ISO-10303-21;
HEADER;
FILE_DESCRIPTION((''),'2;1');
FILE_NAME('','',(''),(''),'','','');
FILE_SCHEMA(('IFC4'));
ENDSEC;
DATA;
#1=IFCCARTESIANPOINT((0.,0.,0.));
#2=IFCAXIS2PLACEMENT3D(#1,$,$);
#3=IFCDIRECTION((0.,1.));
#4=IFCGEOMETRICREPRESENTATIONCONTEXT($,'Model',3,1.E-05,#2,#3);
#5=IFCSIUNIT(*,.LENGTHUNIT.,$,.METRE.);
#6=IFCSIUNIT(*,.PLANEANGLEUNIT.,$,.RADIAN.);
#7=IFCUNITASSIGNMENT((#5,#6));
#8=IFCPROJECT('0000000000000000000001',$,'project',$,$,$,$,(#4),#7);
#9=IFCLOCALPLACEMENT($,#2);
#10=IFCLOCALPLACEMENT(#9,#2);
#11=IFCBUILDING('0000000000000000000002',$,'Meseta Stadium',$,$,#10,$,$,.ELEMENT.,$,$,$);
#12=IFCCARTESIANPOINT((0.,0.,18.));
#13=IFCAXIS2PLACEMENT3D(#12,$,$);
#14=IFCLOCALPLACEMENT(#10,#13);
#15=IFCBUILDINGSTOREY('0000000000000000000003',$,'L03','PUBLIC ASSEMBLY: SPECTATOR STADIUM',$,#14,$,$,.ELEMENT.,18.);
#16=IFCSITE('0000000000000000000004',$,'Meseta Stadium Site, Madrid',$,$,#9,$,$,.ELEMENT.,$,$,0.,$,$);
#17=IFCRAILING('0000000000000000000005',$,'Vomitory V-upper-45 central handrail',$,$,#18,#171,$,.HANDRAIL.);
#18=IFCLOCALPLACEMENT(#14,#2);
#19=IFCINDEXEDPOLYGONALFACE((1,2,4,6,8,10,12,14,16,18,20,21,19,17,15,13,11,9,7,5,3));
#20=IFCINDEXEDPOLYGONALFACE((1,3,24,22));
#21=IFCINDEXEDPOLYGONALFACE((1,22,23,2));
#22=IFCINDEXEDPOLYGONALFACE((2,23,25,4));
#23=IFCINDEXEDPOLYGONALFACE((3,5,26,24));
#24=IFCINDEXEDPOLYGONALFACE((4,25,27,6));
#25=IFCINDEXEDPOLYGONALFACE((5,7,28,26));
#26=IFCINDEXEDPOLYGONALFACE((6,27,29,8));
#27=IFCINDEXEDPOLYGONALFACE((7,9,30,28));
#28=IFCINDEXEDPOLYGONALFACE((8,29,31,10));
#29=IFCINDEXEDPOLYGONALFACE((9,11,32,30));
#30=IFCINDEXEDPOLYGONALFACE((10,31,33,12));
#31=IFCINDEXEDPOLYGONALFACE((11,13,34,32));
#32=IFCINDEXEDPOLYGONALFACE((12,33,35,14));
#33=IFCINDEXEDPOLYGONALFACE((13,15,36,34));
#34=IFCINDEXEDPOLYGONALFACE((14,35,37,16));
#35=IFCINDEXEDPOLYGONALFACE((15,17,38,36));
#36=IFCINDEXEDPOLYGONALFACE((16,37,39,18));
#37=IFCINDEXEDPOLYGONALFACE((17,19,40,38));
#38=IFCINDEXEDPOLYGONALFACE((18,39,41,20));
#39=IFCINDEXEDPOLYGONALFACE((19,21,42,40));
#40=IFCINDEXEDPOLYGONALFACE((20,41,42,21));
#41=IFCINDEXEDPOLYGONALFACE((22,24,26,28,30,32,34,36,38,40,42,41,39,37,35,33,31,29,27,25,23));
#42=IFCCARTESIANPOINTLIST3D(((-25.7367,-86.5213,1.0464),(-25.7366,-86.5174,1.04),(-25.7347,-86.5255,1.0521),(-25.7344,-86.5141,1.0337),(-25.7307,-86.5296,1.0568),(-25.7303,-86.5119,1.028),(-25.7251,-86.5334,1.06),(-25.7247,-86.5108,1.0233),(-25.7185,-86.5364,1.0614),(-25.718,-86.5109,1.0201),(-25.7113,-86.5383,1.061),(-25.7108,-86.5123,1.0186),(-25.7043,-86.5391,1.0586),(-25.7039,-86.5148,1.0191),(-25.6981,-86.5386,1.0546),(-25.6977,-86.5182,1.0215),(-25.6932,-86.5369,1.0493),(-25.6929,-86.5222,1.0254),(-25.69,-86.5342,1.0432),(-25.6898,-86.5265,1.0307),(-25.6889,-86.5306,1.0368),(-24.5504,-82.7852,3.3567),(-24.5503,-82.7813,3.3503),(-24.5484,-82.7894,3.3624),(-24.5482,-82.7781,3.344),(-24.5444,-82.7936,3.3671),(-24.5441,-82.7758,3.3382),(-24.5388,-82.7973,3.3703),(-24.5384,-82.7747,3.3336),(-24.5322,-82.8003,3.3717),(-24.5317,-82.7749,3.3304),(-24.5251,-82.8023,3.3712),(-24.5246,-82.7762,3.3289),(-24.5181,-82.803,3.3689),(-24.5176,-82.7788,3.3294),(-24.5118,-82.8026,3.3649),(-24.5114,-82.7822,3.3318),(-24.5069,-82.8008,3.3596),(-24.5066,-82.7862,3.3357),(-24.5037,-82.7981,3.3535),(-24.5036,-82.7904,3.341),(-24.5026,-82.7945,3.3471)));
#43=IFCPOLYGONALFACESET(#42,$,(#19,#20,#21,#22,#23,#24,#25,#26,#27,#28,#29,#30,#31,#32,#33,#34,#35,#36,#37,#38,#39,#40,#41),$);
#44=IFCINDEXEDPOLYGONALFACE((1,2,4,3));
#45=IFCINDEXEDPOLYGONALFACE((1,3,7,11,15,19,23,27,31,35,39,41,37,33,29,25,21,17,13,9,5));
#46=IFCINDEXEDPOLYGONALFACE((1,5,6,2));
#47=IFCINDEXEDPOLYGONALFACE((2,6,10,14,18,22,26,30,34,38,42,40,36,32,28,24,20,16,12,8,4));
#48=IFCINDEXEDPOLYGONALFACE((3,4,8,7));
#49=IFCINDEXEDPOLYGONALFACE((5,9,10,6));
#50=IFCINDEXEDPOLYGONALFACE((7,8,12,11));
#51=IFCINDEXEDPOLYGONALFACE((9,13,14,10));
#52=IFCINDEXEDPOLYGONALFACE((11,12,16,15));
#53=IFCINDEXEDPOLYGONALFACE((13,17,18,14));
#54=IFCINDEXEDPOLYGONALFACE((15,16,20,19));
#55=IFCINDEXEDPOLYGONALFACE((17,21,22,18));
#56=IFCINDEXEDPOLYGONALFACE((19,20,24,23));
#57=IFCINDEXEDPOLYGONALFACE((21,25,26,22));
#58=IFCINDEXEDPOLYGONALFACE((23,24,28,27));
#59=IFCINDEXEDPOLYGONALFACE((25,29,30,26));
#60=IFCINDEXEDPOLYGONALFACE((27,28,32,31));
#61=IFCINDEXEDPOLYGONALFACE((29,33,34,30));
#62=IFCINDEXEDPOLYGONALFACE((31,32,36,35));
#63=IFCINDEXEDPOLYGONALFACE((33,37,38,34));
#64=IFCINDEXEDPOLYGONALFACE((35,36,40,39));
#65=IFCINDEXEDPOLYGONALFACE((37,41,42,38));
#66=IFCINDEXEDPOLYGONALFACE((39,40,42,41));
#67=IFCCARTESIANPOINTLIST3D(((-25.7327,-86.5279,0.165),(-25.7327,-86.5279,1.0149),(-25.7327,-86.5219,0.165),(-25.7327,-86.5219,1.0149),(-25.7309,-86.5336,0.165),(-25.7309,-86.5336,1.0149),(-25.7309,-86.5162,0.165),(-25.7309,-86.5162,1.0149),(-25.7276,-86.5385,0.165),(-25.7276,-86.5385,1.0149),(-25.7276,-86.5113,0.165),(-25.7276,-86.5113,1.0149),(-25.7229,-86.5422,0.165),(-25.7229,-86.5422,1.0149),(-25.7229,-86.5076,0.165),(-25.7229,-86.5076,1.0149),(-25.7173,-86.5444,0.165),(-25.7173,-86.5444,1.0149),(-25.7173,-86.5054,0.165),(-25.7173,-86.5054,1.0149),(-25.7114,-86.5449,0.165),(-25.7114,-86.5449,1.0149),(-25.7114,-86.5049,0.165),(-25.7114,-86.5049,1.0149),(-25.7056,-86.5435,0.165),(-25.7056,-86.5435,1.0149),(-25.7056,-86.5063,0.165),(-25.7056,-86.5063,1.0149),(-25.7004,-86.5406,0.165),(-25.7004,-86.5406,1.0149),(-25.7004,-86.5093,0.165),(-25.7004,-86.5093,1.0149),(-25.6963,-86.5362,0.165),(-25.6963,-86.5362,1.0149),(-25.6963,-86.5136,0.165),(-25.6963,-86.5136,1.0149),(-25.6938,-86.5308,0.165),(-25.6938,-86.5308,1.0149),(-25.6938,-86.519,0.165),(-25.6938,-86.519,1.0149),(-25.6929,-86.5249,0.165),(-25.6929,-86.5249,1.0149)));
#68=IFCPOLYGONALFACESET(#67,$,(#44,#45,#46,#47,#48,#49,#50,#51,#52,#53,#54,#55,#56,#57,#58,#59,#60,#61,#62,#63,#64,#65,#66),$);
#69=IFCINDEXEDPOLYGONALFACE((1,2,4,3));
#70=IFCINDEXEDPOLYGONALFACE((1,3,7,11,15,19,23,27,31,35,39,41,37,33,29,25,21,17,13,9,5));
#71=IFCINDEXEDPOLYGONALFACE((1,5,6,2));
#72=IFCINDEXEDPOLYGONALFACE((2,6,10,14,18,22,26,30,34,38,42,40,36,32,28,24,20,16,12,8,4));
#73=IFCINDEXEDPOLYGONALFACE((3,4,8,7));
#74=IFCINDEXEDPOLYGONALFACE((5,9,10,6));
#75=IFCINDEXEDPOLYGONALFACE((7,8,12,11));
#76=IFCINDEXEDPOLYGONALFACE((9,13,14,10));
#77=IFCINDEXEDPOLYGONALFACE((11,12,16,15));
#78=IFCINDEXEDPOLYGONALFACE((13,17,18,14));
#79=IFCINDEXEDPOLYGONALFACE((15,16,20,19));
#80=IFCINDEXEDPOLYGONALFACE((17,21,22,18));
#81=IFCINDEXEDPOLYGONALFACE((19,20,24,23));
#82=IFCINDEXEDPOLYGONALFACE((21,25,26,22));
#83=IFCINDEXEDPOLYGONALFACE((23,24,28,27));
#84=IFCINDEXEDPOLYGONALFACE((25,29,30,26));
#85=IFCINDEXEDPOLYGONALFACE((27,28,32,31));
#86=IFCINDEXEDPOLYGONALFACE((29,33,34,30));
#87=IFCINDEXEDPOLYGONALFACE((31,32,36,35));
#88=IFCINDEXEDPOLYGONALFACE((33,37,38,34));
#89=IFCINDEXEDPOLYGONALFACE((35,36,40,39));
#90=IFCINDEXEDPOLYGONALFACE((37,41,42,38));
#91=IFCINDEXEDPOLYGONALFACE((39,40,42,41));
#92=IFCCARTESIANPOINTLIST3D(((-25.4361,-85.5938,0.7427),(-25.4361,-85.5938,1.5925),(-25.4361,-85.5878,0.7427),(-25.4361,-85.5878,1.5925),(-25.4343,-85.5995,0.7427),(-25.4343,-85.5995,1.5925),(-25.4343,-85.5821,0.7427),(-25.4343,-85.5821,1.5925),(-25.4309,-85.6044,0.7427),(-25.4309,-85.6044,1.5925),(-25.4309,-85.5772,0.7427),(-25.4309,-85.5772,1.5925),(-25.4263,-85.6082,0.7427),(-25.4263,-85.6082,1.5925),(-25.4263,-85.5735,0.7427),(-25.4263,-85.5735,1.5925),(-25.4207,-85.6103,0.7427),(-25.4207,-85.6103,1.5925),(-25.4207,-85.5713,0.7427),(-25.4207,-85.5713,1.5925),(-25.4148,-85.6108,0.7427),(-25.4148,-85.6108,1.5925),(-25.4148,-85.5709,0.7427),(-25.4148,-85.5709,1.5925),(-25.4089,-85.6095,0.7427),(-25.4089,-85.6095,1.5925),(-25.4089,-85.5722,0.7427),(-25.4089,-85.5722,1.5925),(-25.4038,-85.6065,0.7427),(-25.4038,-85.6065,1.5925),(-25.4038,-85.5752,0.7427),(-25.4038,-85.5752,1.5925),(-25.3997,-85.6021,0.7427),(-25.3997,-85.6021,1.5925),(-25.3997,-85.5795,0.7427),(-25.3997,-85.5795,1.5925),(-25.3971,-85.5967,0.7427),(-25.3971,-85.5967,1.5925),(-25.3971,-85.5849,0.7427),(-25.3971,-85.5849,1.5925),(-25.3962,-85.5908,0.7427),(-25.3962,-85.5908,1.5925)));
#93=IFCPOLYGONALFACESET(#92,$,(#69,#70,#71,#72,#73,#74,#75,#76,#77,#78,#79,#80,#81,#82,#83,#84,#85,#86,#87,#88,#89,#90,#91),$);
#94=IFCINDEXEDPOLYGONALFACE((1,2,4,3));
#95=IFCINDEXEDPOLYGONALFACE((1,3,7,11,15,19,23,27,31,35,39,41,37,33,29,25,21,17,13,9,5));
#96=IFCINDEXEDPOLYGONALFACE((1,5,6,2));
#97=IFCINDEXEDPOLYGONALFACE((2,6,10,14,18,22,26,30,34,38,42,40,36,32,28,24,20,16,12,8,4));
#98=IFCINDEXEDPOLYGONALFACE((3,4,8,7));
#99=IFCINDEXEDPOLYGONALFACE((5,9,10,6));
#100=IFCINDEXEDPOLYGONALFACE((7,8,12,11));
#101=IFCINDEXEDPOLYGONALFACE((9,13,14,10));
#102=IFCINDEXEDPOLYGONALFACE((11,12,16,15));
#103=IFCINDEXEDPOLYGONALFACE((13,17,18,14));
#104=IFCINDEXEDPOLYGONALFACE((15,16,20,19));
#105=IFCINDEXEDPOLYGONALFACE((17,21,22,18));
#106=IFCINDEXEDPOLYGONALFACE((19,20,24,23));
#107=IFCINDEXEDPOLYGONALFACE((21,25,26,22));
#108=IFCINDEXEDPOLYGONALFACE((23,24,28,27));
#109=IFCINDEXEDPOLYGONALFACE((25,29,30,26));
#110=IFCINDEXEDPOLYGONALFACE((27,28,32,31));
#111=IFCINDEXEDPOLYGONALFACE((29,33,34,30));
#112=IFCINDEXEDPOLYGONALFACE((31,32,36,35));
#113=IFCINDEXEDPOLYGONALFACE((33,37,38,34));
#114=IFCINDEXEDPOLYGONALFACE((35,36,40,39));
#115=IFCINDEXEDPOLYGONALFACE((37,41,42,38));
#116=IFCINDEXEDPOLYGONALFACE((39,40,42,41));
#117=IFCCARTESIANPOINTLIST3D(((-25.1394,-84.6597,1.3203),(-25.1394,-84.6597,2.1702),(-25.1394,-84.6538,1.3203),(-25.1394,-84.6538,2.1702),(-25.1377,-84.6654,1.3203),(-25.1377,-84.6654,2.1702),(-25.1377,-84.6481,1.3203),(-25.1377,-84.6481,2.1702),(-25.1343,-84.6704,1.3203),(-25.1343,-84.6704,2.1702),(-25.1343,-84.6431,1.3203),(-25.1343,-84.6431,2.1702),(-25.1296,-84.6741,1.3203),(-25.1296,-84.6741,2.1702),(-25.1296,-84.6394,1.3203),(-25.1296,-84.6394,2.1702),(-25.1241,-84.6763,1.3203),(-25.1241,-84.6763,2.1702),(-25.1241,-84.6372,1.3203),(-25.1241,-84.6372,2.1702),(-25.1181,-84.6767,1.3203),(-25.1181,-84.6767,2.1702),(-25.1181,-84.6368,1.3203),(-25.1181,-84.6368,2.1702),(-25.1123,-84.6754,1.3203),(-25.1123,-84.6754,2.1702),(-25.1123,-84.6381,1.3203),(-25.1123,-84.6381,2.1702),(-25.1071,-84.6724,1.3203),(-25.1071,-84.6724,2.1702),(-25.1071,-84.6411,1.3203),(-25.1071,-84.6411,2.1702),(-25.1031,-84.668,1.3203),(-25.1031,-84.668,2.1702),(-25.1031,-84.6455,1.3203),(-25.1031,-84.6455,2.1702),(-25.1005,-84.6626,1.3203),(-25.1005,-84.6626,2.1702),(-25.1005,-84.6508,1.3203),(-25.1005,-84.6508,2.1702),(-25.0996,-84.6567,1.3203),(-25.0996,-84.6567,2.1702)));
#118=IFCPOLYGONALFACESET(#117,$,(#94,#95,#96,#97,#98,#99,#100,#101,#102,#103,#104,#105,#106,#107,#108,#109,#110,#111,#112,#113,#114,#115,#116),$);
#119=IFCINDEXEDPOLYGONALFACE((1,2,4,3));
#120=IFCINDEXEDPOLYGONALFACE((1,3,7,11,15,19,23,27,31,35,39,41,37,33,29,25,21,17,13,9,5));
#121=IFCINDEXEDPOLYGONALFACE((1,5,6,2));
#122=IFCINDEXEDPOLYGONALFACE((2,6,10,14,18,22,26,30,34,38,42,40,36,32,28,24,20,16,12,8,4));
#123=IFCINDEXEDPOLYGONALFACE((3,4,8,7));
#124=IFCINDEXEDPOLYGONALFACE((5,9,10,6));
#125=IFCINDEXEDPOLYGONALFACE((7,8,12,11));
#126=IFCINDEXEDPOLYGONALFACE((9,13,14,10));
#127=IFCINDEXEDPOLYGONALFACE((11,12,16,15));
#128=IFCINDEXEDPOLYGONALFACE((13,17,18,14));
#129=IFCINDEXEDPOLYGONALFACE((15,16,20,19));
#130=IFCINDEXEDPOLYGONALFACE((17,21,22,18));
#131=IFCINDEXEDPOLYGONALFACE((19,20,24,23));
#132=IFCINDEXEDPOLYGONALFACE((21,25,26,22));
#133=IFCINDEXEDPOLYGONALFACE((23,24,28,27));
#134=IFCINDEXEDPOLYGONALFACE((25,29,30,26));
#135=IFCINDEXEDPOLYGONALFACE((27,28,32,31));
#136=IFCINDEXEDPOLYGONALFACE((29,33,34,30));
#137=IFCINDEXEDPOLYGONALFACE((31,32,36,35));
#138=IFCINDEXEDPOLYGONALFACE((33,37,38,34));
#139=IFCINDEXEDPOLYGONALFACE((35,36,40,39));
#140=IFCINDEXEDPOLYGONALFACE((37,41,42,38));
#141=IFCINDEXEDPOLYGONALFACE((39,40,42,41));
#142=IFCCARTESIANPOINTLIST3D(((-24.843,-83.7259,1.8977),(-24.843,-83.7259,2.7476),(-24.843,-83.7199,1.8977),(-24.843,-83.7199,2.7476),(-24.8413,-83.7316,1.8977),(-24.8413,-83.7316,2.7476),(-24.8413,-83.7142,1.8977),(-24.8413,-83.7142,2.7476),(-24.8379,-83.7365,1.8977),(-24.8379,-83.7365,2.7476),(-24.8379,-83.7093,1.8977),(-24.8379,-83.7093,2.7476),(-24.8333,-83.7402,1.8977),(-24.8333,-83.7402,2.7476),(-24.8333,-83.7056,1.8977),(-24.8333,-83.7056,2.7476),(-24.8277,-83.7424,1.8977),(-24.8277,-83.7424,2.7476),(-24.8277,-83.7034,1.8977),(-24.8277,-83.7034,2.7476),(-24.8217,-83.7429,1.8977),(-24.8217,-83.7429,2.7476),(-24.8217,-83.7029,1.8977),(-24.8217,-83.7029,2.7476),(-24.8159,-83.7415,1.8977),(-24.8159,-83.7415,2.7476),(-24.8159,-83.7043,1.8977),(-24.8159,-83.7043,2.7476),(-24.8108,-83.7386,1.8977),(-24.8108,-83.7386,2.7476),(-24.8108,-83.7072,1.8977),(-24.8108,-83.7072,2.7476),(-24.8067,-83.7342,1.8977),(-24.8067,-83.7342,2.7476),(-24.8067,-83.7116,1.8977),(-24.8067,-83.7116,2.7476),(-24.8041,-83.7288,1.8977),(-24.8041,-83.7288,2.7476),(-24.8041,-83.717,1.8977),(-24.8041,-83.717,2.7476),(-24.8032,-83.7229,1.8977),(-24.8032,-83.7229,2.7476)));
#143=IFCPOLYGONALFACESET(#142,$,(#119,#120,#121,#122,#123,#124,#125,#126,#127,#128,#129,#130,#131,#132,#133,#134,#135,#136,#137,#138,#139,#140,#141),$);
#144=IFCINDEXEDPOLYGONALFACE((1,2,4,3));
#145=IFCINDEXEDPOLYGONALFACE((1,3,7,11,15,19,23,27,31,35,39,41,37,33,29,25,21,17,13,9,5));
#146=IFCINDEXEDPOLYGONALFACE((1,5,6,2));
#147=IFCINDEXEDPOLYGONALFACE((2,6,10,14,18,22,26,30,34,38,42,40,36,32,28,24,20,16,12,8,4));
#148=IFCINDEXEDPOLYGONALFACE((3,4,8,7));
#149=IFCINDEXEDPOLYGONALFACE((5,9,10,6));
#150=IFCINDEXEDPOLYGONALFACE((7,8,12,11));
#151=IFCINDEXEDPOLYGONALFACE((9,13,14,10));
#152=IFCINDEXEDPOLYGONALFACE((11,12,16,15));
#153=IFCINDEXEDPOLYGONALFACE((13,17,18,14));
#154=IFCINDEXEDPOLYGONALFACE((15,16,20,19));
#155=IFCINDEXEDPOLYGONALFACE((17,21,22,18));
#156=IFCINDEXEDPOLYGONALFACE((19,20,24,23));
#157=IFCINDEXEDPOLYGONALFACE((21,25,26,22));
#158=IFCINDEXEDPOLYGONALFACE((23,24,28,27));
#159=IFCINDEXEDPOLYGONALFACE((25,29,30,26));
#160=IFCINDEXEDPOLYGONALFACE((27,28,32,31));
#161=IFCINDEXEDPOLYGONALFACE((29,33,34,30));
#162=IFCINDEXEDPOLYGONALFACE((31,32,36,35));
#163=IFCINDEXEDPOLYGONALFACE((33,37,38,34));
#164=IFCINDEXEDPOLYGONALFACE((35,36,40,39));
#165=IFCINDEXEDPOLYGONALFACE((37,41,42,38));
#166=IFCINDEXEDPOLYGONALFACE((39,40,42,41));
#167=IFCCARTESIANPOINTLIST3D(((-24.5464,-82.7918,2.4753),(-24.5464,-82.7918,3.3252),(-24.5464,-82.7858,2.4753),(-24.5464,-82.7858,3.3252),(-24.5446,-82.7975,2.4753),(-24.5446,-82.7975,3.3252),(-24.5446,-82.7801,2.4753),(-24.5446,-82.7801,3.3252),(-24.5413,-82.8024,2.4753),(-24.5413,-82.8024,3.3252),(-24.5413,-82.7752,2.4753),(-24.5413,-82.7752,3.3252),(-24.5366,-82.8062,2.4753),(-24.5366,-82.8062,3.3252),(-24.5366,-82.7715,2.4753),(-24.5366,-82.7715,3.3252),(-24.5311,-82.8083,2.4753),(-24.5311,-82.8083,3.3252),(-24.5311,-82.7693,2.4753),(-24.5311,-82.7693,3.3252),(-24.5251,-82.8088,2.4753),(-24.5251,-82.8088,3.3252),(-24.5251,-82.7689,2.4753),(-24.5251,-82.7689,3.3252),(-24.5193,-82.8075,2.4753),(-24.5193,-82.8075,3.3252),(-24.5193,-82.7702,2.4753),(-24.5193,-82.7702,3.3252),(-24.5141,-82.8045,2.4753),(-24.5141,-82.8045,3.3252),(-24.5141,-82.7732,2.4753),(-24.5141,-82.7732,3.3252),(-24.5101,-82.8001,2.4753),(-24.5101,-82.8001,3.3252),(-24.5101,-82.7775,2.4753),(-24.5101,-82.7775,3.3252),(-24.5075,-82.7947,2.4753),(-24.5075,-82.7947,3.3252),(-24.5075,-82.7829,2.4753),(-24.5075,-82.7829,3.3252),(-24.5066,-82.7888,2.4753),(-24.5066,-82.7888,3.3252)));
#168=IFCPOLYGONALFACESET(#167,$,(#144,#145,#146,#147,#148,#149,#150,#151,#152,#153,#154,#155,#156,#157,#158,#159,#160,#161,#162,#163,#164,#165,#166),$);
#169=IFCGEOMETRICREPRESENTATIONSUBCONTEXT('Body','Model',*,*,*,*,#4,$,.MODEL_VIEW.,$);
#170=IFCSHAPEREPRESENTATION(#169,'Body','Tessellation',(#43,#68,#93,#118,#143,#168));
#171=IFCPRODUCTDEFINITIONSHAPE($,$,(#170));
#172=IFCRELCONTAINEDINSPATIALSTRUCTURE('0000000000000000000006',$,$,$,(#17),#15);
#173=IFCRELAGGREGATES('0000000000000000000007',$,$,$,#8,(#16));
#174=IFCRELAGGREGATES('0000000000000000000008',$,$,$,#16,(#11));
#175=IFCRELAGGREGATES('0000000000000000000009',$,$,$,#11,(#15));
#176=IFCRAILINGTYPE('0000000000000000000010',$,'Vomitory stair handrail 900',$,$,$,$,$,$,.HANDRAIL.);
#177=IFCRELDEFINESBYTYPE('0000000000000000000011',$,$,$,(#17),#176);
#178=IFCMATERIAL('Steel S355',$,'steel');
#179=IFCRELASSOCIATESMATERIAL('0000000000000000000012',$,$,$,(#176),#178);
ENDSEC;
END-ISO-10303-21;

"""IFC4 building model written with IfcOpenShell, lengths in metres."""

from ifc_helpers import new_model, si_unit, direction, frame, origin, origin_2d, place, context, subcontext, project, spatial, circle, extrude, material, type_object, element, save


model = new_model("IFC4")

# Units and contexts
model_context = context("Model", 3, precision=1e-05, world=origin(), true_north=direction((0.0, 1.0)))
body_context = subcontext(model_context, "Body", "Model", "MODEL_VIEW")
ifc_project = project(units=[si_unit("LENGTHUNIT", "METRE"), si_unit("PLANEANGLEUNIT", "RADIAN")], contexts=[model_context])

# Site, building, storey
site_placement = place(None, origin())
site = spatial("IfcSite", under=ifc_project, at=site_placement, Name="Meseta Stadium Site, Madrid", CompositionType="ELEMENT", RefElevation=0.0)
building_placement = place(site_placement, origin())
building = spatial("IfcBuilding", under=site, at=building_placement, Name="Meseta Stadium", CompositionType="ELEMENT")
storey_placement = place(building_placement, frame((0.0, 0.0, 18.0)))
storey = spatial("IfcBuildingStorey", under=building, at=storey_placement, Name="L03", Description="PUBLIC ASSEMBLY: SPECTATOR STADIUM", CompositionType="ELEMENT", Elevation=18.0)

# Railing
ifc_material_1 = material(Name="Steel S355", Category="steel")
railing_type_1 = type_object("IfcRailingType", Name="Vomitory stair handrail 900", PredefinedType="HANDRAIL", material=ifc_material_1)
railing_1_placement = place(storey_placement, frame((-25.7129, -86.5249, 0.165)))
element("IfcRailing", 1, at=railing_1_placement, inside=storey, type_object=railing_type_1, Name="Vomitory V-upper-45 central handrail", PredefinedType="HANDRAIL", context=body_context, shape_type="SweptSolid", body=[
    extrude(circle(Radius=0.0249, at=origin_2d()), frame((0.0, 0.0, 0.875), z_axis=(0.260717, 0.821106, 0.507752), x_axis=(-0.953108, 0.30263, 0.0)), (0.0, 0.0, 1.0), 4.55),
    extrude(circle(Radius=0.02, at=origin_2d()), origin(), (0.0, 0.0, 1.0), 0.8499),
    extrude(circle(Radius=0.02, at=origin_2d()), frame((0.2966, 0.9341, 0.5776)), (0.0, 0.0, 1.0), 0.8499),
    extrude(circle(Radius=0.02, at=origin_2d()), frame((0.5933, 1.8682, 1.1553)), (0.0, 0.0, 1.0), 0.8499),
    extrude(circle(Radius=0.02, at=origin_2d()), frame((0.8896, 2.802, 1.7327)), (0.0, 0.0, 1.0), 0.8499),
    extrude(circle(Radius=0.02, at=origin_2d()), frame((1.1863, 3.7361, 2.3103)), (0.0, 0.0, 1.0), 0.8499),
])

save(model, "model.ifc")
